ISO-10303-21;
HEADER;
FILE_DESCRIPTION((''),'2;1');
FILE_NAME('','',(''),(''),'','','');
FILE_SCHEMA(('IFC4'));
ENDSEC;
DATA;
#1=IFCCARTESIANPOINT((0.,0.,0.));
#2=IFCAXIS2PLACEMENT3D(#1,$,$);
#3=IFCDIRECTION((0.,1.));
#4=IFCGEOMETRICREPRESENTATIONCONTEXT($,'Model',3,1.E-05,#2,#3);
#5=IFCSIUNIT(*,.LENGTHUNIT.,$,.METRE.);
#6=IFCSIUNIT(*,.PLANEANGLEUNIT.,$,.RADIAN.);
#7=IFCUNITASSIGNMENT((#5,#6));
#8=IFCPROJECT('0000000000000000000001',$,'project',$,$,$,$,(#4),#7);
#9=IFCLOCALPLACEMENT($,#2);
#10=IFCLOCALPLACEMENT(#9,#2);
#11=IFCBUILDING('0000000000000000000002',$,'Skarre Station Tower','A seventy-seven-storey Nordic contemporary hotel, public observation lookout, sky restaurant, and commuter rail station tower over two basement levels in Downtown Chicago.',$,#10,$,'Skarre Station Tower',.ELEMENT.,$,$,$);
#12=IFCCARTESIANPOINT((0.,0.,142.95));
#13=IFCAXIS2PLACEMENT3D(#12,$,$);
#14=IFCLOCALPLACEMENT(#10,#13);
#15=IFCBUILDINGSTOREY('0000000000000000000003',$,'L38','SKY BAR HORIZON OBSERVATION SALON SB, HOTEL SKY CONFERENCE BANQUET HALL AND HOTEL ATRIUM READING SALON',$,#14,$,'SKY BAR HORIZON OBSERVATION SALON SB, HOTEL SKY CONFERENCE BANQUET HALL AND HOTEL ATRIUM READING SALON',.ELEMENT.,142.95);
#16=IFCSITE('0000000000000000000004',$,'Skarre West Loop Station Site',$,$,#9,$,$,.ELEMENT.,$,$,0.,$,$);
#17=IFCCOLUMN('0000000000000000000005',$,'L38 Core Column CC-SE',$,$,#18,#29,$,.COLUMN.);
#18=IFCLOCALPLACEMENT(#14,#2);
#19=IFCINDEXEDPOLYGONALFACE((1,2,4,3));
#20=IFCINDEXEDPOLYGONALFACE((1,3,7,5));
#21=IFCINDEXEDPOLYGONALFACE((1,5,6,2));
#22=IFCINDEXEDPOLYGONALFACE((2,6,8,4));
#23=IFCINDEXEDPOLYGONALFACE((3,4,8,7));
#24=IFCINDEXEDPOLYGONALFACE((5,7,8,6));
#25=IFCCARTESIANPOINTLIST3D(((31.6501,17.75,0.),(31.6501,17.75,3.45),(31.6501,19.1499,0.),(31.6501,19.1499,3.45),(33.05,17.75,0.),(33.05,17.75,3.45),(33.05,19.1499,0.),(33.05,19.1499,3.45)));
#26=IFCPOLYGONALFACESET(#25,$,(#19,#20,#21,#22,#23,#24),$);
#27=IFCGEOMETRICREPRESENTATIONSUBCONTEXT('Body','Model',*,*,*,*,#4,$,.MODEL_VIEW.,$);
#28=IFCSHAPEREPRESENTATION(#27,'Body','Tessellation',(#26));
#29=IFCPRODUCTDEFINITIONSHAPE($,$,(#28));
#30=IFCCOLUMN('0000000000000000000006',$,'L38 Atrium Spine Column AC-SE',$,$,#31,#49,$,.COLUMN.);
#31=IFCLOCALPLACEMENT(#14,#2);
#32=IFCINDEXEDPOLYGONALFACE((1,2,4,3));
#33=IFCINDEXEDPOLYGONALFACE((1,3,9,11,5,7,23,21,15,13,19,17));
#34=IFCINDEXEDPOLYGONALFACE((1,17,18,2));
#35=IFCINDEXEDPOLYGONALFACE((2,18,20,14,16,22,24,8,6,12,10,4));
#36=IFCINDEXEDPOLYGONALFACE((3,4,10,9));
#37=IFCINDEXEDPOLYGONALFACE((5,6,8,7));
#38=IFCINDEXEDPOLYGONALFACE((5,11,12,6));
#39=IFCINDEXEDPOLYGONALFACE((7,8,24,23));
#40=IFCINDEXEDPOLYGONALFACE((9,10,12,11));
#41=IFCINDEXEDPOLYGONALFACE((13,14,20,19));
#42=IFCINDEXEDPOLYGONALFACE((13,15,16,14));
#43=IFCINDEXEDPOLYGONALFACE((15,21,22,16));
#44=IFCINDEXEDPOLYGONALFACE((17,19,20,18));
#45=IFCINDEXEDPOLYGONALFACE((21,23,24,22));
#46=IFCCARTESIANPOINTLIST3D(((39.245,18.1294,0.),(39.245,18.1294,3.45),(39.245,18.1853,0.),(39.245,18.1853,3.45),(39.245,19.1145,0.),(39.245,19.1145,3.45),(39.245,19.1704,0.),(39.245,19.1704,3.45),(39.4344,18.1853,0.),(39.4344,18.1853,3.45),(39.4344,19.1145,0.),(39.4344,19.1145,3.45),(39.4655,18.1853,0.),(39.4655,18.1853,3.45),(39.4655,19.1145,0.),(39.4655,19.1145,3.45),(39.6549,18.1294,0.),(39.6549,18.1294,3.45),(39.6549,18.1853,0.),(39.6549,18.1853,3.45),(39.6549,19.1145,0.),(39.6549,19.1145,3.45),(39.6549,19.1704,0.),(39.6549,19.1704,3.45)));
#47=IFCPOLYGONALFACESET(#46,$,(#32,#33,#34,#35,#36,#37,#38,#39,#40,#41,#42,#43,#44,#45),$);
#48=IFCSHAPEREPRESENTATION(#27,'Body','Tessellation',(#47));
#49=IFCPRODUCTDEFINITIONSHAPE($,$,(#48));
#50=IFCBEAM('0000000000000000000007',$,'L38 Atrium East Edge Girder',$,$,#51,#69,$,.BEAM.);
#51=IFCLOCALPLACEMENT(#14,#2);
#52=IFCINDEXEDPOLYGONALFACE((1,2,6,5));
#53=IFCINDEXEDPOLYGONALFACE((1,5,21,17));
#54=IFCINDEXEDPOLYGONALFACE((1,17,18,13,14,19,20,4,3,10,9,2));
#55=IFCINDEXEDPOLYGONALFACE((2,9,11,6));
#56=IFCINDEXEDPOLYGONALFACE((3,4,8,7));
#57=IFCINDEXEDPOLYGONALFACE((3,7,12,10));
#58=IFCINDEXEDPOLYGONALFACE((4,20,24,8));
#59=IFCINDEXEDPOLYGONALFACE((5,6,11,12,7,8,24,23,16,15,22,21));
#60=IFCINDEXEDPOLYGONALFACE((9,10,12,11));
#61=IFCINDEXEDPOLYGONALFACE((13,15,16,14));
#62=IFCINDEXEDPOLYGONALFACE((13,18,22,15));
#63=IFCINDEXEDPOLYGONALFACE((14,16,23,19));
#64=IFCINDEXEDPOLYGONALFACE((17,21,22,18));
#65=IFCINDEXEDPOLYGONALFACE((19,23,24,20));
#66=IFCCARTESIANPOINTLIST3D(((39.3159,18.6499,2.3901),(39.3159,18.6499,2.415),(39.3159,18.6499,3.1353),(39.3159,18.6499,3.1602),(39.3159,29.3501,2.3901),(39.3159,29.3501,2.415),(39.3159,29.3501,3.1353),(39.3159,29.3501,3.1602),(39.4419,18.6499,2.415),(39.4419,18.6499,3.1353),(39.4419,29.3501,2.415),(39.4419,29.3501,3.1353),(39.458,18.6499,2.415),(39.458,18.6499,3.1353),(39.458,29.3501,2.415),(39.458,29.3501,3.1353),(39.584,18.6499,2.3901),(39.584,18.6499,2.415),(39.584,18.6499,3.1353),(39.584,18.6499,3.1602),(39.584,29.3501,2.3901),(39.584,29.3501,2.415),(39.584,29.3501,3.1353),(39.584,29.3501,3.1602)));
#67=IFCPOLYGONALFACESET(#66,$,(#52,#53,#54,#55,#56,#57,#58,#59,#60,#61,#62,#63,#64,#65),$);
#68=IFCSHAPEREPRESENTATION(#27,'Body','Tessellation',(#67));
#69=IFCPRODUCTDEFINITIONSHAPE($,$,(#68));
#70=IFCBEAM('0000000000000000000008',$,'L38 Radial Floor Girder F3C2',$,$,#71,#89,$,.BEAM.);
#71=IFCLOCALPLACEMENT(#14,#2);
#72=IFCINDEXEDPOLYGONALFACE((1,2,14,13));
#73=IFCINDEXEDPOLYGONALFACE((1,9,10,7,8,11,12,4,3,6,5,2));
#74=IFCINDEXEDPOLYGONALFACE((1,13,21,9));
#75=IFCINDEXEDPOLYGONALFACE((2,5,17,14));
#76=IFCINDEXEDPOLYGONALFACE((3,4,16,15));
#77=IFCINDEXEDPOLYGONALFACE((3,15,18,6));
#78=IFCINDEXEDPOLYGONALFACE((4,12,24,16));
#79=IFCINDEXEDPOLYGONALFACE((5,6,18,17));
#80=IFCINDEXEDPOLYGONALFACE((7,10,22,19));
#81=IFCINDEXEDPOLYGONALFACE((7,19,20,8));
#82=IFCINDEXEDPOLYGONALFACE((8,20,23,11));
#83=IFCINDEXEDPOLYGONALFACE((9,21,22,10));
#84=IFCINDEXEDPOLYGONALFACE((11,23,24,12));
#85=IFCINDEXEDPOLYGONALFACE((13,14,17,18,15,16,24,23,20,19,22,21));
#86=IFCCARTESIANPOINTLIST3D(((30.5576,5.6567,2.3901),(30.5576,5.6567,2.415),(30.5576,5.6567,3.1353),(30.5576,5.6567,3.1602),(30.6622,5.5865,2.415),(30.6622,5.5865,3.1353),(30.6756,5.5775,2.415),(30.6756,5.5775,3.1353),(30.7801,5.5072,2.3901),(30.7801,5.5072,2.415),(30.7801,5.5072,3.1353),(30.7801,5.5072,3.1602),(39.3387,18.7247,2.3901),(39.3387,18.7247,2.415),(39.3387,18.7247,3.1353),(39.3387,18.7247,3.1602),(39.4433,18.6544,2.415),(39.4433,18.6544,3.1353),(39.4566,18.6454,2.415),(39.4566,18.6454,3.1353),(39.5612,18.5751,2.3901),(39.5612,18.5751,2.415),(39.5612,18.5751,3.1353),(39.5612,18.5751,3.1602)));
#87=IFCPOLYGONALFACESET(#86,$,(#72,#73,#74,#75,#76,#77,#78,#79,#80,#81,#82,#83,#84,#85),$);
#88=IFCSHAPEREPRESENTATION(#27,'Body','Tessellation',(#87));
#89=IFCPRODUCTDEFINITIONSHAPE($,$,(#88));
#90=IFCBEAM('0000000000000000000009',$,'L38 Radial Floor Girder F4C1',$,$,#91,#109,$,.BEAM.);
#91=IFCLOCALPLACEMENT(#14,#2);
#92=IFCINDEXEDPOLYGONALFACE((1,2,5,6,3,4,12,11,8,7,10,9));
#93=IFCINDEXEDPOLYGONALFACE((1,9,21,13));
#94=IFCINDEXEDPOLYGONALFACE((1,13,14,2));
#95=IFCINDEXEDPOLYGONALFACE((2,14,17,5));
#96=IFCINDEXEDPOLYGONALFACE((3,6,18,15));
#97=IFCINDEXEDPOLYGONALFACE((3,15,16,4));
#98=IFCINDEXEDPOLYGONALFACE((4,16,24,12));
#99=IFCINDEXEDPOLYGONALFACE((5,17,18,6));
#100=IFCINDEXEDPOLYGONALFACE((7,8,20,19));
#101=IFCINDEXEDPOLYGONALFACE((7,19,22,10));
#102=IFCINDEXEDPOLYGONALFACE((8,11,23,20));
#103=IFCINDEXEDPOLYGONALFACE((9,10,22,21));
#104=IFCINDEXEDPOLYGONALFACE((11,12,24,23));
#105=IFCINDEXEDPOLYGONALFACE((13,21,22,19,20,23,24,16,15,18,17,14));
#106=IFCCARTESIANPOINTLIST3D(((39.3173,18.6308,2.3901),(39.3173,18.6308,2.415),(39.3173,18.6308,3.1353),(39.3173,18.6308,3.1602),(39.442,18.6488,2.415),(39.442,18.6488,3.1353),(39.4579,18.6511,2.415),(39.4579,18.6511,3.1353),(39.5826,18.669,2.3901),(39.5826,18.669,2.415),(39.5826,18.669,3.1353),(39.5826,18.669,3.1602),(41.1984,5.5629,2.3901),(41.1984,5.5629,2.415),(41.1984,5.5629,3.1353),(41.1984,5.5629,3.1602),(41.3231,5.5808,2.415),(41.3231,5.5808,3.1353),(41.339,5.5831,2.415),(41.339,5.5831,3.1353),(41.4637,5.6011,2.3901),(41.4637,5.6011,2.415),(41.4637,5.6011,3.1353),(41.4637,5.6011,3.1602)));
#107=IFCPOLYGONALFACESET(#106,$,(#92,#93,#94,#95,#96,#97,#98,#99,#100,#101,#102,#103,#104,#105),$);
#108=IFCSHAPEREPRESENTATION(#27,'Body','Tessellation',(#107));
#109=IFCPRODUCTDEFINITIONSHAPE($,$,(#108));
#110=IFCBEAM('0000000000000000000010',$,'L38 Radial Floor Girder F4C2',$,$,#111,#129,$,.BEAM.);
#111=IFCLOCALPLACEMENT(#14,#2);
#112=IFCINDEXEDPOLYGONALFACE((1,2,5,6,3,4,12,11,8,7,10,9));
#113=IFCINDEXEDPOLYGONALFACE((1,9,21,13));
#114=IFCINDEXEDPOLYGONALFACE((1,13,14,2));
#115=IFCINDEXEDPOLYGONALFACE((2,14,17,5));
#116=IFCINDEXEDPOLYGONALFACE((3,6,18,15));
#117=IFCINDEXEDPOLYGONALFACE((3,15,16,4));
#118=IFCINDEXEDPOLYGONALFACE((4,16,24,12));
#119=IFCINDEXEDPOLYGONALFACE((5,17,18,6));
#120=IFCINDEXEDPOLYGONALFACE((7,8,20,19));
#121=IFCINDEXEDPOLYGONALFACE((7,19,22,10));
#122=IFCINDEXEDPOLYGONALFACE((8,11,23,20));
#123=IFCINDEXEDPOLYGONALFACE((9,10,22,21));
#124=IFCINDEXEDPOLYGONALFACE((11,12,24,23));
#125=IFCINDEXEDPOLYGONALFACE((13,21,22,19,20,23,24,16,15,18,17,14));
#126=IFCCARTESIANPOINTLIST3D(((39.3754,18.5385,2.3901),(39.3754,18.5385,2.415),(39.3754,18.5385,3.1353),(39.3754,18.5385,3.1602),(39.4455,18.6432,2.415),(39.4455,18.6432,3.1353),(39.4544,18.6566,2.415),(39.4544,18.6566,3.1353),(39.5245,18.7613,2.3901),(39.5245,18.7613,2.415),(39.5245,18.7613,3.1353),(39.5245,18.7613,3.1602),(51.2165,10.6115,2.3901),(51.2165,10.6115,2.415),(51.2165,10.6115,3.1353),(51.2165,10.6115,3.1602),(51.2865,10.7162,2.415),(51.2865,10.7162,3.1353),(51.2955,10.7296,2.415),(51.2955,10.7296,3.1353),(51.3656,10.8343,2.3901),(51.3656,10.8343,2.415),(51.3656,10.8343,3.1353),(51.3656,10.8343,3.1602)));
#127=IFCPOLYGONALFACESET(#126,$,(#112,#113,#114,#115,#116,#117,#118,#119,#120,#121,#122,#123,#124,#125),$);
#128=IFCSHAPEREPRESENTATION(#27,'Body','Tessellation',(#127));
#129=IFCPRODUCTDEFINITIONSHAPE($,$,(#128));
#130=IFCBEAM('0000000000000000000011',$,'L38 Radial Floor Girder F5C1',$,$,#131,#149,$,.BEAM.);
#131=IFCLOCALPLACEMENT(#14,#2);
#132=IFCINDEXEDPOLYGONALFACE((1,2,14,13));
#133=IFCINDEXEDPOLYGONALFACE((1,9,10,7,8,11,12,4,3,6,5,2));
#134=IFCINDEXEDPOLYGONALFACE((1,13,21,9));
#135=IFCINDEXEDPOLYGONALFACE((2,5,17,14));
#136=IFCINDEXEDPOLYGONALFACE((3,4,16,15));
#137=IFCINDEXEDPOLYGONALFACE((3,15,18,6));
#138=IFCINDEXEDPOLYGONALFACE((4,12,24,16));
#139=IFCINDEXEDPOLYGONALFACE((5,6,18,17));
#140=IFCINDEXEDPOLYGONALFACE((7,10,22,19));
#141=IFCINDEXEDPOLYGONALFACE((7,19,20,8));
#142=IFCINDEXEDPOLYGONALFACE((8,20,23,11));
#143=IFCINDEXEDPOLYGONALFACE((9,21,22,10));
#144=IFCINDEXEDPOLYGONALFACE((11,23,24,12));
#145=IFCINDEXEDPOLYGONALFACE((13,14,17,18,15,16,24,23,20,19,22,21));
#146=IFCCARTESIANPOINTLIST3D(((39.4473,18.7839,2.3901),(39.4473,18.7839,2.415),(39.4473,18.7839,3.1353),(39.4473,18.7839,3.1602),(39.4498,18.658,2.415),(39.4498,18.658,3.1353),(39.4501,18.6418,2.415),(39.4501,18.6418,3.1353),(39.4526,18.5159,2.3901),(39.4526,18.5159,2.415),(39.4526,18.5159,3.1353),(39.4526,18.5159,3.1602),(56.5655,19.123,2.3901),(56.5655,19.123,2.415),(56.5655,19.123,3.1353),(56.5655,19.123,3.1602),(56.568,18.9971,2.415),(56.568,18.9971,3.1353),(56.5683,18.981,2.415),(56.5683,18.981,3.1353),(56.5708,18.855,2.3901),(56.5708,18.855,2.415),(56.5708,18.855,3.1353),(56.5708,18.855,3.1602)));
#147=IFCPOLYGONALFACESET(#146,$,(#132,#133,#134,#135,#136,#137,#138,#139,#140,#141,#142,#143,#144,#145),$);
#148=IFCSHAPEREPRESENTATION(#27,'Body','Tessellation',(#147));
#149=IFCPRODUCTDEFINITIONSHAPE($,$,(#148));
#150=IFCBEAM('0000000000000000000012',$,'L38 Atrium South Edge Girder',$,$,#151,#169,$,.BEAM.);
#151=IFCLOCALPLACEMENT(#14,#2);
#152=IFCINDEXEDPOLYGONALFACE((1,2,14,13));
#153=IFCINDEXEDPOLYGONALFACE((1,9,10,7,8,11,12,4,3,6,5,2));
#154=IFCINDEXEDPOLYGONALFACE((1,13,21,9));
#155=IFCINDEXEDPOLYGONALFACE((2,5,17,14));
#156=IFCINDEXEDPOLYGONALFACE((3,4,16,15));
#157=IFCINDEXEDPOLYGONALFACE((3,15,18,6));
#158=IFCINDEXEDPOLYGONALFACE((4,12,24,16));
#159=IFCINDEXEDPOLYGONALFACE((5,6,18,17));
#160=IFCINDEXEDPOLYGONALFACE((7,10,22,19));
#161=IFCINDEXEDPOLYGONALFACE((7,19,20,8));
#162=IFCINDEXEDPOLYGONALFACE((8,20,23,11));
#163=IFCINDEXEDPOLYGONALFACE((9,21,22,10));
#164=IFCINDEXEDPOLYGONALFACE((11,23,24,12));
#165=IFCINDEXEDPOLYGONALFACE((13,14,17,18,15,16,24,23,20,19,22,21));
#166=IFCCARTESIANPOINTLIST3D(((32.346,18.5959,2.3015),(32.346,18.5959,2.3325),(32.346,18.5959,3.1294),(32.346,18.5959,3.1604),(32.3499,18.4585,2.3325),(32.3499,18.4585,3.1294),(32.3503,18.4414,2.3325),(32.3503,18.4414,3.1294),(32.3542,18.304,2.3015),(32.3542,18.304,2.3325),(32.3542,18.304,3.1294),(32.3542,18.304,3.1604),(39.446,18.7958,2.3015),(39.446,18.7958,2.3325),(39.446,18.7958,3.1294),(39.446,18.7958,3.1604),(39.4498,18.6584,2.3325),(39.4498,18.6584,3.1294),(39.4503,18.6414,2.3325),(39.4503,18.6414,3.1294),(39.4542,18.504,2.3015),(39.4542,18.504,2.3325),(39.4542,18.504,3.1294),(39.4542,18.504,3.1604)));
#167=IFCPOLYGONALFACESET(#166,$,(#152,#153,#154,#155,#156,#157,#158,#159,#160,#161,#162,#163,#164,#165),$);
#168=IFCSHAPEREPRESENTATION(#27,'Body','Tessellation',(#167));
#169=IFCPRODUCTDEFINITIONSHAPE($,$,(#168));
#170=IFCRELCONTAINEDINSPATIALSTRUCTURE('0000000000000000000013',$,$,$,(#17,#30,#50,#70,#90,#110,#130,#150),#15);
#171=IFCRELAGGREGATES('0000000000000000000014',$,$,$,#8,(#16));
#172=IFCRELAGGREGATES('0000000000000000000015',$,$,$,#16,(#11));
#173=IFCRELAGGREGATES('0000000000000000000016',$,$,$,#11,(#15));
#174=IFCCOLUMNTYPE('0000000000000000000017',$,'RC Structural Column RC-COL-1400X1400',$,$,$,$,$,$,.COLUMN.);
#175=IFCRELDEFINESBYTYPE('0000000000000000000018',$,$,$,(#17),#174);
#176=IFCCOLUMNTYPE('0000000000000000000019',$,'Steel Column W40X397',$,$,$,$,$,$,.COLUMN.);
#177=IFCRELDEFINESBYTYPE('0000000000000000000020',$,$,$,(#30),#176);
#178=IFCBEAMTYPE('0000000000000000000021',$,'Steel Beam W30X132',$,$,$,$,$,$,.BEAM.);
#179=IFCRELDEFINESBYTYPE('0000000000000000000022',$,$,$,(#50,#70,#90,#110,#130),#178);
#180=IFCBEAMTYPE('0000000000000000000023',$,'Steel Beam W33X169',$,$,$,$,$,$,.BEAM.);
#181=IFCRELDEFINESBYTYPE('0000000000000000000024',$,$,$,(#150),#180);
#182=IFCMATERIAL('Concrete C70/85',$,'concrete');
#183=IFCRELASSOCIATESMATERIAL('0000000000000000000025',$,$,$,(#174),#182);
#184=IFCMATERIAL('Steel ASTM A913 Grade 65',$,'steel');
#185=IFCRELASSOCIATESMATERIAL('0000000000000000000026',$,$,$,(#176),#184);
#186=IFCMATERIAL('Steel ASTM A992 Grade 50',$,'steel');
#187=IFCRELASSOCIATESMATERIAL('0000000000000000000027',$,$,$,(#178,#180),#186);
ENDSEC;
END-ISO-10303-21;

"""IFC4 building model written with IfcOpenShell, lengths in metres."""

from ifc_helpers import new_model, si_unit, direction, frame, origin, origin_2d, place, context, subcontext, project, spatial, rectangle, i_section, extrude, material, material_profile, profile_set, type_object, element, save


model = new_model("IFC4")

# Units and contexts
model_context = context("Model", 3, precision=1e-05, world=origin(), true_north=direction((0.0, 1.0)))
body_context = subcontext(model_context, "Body", "Model", "MODEL_VIEW")
ifc_project = project(units=[si_unit("LENGTHUNIT", "METRE"), si_unit("PLANEANGLEUNIT", "RADIAN")], contexts=[model_context])

# Site, building, storey
site_placement = place(None, origin())
site = spatial("IfcSite", under=ifc_project, at=site_placement, Name="Skarre West Loop Station Site", CompositionType="ELEMENT", RefElevation=0.0)
building_placement = place(site_placement, origin())
building = spatial("IfcBuilding", under=site, at=building_placement, Name="Skarre Station Tower", Description="A seventy-seven-storey Nordic contemporary hotel, public observation lookout, sky restaurant, and commuter rail station tower over two basement levels in Downtown Chicago.", LongName="Skarre Station Tower", CompositionType="ELEMENT")
storey_placement = place(building_placement, frame((0.0, 0.0, 142.95)))
storey = spatial("IfcBuildingStorey", under=building, at=storey_placement, Name="L38", Description="SKY BAR HORIZON OBSERVATION SALON SB, HOTEL SKY CONFERENCE BANQUET HALL AND HOTEL ATRIUM READING SALON", LongName="SKY BAR HORIZON OBSERVATION SALON SB, HOTEL SKY CONFERENCE BANQUET HALL AND HOTEL ATRIUM READING SALON", CompositionType="ELEMENT", Elevation=142.95)

# Columns
ifc_material_1 = material(Name="Concrete C70/85", Category="concrete")
ifc_material_profile_1 = material_profile(ifc_material_1, rectangle(XDim=1.3999, YDim=1.3999, at=origin_2d()), Name="Concrete C70/85")
ifc_profile_set_1 = profile_set([ifc_material_profile_1], Name="Concrete C70/85")
column_type_1 = type_object("IfcColumnType", Name="RC Structural Column RC-COL-1400X1400", PredefinedType="COLUMN", material=ifc_profile_set_1)
column_1_placement = place(storey_placement, frame((32.3501, 18.45, 0.0), z_axis=(0.0, 0.0, 1.0), x_axis=(1.0, 0.0, 0.0)))
element("IfcColumn", 1, at=column_1_placement, inside=storey, type_object=column_type_1, Name="L38 Core Column CC-SE", PredefinedType="COLUMN", context=body_context, shape_type="SweptSolid", body=[
    extrude(rectangle(XDim=1.3999, YDim=1.3999, at=origin_2d()), origin(), (0.0, 0.0, 1.0), 3.45),
])
ifc_material_2 = material(Name="Steel ASTM A913 Grade 65", Category="steel")
ifc_material_profile_2 = material_profile(ifc_material_2, i_section(OverallWidth=0.4099, OverallDepth=1.041, WebThickness=0.031, FlangeThickness=0.0559, at=origin_2d()), Name="Steel ASTM A913 Grade 65")
ifc_profile_set_2 = profile_set([ifc_material_profile_2], Name="Steel ASTM A913 Grade 65")
column_type_2 = type_object("IfcColumnType", Name="Steel Column W40X397", PredefinedType="COLUMN", material=ifc_profile_set_2)
column_2_placement = place(storey_placement, frame((39.45, 18.6499, 0.0), z_axis=(0.0, 0.0, 1.0), x_axis=(1.0, 0.0, 0.0)))
element("IfcColumn", 2, at=column_2_placement, inside=storey, type_object=column_type_2, Name="L38 Atrium Spine Column AC-SE", PredefinedType="COLUMN", context=body_context, shape_type="SweptSolid", body=[
    extrude(i_section(OverallWidth=0.4099, OverallDepth=1.041, WebThickness=0.031, FlangeThickness=0.0559, at=origin_2d()), origin(), (0.0, 0.0, 1.0), 3.45),
])

# Beams
ifc_material_3 = material(Name="Steel ASTM A992 Grade 50", Category="steel")
ifc_material_profile_3 = material_profile(ifc_material_3, i_section(OverallWidth=0.2681, OverallDepth=0.77, WebThickness=0.0161, FlangeThickness=0.0249, at=origin_2d()), Name="Steel ASTM A992 Grade 50")
ifc_profile_set_3 = profile_set([ifc_material_profile_3], Name="Steel ASTM A992 Grade 50")
beam_type_1 = type_object("IfcBeamType", Name="Steel Beam W30X132", PredefinedType="BEAM", material=ifc_profile_set_3)
beam_1_placement = place(storey_placement, frame((39.45, 18.6499, 2.7751), z_axis=(0.0, 1.0, 0.0), x_axis=(-1.0, 0.0, 0.0)))
element("IfcBeam", 3, at=beam_1_placement, inside=storey, type_object=beam_type_1, Name="L38 Atrium East Edge Girder", PredefinedType="BEAM", context=body_context, shape_type="SweptSolid", body=[
    extrude(i_section(OverallWidth=0.2681, OverallDepth=0.77, WebThickness=0.0161, FlangeThickness=0.0249, at=origin_2d()), origin(), (0.0, 0.0, 1.0), 10.7002),
])
beam_2_placement = place(storey_placement, frame((39.45, 18.6499, 2.7751), z_axis=(-0.557735, -0.830019, 0.0), x_axis=(0.830019, -0.557735, 0.0)))
element("IfcBeam", 4, at=beam_2_placement, inside=storey, type_object=beam_type_1, Name="L38 Radial Floor Girder F3C2", PredefinedType="BEAM", context=body_context, shape_type="SweptSolid", body=[
    extrude(i_section(OverallWidth=0.2681, OverallDepth=0.77, WebThickness=0.0161, FlangeThickness=0.0249, at=origin_2d()), origin(), (0.0, 0.0, 1.0), 15.7441),
])
beam_3_placement = place(storey_placement, frame((39.45, 18.6499, 2.7751), z_axis=(0.14248, -0.989798, 0.0), x_axis=(0.989798, 0.14248, 0.0)))
element("IfcBeam", 5, at=beam_3_placement, inside=storey, type_object=beam_type_1, Name="L38 Radial Floor Girder F4C1", PredefinedType="BEAM", context=body_context, shape_type="SweptSolid", body=[
    extrude(i_section(OverallWidth=0.2681, OverallDepth=0.77, WebThickness=0.0161, FlangeThickness=0.0249, at=origin_2d()), origin(), (0.0, 0.0, 1.0), 13.2026),
])
beam_4_placement = place(storey_placement, frame((39.45, 18.6499, 2.7751), z_axis=(0.830981, -0.5563, 0.0), x_axis=(0.5563, 0.830981, 0.0)))
element("IfcBeam", 6, at=beam_4_placement, inside=storey, type_object=beam_type_1, Name="L38 Radial Floor Girder F4C2", PredefinedType="BEAM", context=body_context, shape_type="SweptSolid", body=[
    extrude(i_section(OverallWidth=0.2681, OverallDepth=0.77, WebThickness=0.0161, FlangeThickness=0.0249, at=origin_2d()), origin(), (0.0, 0.0, 1.0), 14.2495),
])
beam_5_placement = place(storey_placement, frame((39.45, 18.6499, 2.7751), z_axis=(0.999804, 0.019806, 0.0), x_axis=(-0.019806, 0.999804, 0.0)))
element("IfcBeam", 7, at=beam_5_placement, inside=storey, type_object=beam_type_1, Name="L38 Radial Floor Girder F5C1", PredefinedType="BEAM", context=body_context, shape_type="SweptSolid", body=[
    extrude(i_section(OverallWidth=0.2681, OverallDepth=0.77, WebThickness=0.0161, FlangeThickness=0.0249, at=origin_2d()), origin(), (0.0, 0.0, 1.0), 17.1216),
])
ifc_material_profile_4 = material_profile(ifc_material_3, i_section(OverallWidth=0.292, OverallDepth=0.8589, WebThickness=0.0171, FlangeThickness=0.031, at=origin_2d()), Name="Steel ASTM A992 Grade 50")
ifc_profile_set_4 = profile_set([ifc_material_profile_4], Name="Steel ASTM A992 Grade 50")
beam_type_2 = type_object("IfcBeamType", Name="Steel Beam W33X169", PredefinedType="BEAM", material=ifc_profile_set_4)
beam_6_placement = place(storey_placement, frame((32.3501, 18.45, 2.731), z_axis=(0.999604, 0.028152, 0.0), x_axis=(-0.028152, 0.999604, 0.0)))
element("IfcBeam", 8, at=beam_6_placement, inside=storey, type_object=beam_type_2, Name="L38 Atrium South Edge Girder", PredefinedType="BEAM", context=body_context, shape_type="SweptSolid", body=[
    extrude(i_section(OverallWidth=0.292, OverallDepth=0.8589, WebThickness=0.0171, FlangeThickness=0.031, at=origin_2d()), origin(), (0.0, 0.0, 1.0), 7.1028),
])

save(model, "model.ifc")
